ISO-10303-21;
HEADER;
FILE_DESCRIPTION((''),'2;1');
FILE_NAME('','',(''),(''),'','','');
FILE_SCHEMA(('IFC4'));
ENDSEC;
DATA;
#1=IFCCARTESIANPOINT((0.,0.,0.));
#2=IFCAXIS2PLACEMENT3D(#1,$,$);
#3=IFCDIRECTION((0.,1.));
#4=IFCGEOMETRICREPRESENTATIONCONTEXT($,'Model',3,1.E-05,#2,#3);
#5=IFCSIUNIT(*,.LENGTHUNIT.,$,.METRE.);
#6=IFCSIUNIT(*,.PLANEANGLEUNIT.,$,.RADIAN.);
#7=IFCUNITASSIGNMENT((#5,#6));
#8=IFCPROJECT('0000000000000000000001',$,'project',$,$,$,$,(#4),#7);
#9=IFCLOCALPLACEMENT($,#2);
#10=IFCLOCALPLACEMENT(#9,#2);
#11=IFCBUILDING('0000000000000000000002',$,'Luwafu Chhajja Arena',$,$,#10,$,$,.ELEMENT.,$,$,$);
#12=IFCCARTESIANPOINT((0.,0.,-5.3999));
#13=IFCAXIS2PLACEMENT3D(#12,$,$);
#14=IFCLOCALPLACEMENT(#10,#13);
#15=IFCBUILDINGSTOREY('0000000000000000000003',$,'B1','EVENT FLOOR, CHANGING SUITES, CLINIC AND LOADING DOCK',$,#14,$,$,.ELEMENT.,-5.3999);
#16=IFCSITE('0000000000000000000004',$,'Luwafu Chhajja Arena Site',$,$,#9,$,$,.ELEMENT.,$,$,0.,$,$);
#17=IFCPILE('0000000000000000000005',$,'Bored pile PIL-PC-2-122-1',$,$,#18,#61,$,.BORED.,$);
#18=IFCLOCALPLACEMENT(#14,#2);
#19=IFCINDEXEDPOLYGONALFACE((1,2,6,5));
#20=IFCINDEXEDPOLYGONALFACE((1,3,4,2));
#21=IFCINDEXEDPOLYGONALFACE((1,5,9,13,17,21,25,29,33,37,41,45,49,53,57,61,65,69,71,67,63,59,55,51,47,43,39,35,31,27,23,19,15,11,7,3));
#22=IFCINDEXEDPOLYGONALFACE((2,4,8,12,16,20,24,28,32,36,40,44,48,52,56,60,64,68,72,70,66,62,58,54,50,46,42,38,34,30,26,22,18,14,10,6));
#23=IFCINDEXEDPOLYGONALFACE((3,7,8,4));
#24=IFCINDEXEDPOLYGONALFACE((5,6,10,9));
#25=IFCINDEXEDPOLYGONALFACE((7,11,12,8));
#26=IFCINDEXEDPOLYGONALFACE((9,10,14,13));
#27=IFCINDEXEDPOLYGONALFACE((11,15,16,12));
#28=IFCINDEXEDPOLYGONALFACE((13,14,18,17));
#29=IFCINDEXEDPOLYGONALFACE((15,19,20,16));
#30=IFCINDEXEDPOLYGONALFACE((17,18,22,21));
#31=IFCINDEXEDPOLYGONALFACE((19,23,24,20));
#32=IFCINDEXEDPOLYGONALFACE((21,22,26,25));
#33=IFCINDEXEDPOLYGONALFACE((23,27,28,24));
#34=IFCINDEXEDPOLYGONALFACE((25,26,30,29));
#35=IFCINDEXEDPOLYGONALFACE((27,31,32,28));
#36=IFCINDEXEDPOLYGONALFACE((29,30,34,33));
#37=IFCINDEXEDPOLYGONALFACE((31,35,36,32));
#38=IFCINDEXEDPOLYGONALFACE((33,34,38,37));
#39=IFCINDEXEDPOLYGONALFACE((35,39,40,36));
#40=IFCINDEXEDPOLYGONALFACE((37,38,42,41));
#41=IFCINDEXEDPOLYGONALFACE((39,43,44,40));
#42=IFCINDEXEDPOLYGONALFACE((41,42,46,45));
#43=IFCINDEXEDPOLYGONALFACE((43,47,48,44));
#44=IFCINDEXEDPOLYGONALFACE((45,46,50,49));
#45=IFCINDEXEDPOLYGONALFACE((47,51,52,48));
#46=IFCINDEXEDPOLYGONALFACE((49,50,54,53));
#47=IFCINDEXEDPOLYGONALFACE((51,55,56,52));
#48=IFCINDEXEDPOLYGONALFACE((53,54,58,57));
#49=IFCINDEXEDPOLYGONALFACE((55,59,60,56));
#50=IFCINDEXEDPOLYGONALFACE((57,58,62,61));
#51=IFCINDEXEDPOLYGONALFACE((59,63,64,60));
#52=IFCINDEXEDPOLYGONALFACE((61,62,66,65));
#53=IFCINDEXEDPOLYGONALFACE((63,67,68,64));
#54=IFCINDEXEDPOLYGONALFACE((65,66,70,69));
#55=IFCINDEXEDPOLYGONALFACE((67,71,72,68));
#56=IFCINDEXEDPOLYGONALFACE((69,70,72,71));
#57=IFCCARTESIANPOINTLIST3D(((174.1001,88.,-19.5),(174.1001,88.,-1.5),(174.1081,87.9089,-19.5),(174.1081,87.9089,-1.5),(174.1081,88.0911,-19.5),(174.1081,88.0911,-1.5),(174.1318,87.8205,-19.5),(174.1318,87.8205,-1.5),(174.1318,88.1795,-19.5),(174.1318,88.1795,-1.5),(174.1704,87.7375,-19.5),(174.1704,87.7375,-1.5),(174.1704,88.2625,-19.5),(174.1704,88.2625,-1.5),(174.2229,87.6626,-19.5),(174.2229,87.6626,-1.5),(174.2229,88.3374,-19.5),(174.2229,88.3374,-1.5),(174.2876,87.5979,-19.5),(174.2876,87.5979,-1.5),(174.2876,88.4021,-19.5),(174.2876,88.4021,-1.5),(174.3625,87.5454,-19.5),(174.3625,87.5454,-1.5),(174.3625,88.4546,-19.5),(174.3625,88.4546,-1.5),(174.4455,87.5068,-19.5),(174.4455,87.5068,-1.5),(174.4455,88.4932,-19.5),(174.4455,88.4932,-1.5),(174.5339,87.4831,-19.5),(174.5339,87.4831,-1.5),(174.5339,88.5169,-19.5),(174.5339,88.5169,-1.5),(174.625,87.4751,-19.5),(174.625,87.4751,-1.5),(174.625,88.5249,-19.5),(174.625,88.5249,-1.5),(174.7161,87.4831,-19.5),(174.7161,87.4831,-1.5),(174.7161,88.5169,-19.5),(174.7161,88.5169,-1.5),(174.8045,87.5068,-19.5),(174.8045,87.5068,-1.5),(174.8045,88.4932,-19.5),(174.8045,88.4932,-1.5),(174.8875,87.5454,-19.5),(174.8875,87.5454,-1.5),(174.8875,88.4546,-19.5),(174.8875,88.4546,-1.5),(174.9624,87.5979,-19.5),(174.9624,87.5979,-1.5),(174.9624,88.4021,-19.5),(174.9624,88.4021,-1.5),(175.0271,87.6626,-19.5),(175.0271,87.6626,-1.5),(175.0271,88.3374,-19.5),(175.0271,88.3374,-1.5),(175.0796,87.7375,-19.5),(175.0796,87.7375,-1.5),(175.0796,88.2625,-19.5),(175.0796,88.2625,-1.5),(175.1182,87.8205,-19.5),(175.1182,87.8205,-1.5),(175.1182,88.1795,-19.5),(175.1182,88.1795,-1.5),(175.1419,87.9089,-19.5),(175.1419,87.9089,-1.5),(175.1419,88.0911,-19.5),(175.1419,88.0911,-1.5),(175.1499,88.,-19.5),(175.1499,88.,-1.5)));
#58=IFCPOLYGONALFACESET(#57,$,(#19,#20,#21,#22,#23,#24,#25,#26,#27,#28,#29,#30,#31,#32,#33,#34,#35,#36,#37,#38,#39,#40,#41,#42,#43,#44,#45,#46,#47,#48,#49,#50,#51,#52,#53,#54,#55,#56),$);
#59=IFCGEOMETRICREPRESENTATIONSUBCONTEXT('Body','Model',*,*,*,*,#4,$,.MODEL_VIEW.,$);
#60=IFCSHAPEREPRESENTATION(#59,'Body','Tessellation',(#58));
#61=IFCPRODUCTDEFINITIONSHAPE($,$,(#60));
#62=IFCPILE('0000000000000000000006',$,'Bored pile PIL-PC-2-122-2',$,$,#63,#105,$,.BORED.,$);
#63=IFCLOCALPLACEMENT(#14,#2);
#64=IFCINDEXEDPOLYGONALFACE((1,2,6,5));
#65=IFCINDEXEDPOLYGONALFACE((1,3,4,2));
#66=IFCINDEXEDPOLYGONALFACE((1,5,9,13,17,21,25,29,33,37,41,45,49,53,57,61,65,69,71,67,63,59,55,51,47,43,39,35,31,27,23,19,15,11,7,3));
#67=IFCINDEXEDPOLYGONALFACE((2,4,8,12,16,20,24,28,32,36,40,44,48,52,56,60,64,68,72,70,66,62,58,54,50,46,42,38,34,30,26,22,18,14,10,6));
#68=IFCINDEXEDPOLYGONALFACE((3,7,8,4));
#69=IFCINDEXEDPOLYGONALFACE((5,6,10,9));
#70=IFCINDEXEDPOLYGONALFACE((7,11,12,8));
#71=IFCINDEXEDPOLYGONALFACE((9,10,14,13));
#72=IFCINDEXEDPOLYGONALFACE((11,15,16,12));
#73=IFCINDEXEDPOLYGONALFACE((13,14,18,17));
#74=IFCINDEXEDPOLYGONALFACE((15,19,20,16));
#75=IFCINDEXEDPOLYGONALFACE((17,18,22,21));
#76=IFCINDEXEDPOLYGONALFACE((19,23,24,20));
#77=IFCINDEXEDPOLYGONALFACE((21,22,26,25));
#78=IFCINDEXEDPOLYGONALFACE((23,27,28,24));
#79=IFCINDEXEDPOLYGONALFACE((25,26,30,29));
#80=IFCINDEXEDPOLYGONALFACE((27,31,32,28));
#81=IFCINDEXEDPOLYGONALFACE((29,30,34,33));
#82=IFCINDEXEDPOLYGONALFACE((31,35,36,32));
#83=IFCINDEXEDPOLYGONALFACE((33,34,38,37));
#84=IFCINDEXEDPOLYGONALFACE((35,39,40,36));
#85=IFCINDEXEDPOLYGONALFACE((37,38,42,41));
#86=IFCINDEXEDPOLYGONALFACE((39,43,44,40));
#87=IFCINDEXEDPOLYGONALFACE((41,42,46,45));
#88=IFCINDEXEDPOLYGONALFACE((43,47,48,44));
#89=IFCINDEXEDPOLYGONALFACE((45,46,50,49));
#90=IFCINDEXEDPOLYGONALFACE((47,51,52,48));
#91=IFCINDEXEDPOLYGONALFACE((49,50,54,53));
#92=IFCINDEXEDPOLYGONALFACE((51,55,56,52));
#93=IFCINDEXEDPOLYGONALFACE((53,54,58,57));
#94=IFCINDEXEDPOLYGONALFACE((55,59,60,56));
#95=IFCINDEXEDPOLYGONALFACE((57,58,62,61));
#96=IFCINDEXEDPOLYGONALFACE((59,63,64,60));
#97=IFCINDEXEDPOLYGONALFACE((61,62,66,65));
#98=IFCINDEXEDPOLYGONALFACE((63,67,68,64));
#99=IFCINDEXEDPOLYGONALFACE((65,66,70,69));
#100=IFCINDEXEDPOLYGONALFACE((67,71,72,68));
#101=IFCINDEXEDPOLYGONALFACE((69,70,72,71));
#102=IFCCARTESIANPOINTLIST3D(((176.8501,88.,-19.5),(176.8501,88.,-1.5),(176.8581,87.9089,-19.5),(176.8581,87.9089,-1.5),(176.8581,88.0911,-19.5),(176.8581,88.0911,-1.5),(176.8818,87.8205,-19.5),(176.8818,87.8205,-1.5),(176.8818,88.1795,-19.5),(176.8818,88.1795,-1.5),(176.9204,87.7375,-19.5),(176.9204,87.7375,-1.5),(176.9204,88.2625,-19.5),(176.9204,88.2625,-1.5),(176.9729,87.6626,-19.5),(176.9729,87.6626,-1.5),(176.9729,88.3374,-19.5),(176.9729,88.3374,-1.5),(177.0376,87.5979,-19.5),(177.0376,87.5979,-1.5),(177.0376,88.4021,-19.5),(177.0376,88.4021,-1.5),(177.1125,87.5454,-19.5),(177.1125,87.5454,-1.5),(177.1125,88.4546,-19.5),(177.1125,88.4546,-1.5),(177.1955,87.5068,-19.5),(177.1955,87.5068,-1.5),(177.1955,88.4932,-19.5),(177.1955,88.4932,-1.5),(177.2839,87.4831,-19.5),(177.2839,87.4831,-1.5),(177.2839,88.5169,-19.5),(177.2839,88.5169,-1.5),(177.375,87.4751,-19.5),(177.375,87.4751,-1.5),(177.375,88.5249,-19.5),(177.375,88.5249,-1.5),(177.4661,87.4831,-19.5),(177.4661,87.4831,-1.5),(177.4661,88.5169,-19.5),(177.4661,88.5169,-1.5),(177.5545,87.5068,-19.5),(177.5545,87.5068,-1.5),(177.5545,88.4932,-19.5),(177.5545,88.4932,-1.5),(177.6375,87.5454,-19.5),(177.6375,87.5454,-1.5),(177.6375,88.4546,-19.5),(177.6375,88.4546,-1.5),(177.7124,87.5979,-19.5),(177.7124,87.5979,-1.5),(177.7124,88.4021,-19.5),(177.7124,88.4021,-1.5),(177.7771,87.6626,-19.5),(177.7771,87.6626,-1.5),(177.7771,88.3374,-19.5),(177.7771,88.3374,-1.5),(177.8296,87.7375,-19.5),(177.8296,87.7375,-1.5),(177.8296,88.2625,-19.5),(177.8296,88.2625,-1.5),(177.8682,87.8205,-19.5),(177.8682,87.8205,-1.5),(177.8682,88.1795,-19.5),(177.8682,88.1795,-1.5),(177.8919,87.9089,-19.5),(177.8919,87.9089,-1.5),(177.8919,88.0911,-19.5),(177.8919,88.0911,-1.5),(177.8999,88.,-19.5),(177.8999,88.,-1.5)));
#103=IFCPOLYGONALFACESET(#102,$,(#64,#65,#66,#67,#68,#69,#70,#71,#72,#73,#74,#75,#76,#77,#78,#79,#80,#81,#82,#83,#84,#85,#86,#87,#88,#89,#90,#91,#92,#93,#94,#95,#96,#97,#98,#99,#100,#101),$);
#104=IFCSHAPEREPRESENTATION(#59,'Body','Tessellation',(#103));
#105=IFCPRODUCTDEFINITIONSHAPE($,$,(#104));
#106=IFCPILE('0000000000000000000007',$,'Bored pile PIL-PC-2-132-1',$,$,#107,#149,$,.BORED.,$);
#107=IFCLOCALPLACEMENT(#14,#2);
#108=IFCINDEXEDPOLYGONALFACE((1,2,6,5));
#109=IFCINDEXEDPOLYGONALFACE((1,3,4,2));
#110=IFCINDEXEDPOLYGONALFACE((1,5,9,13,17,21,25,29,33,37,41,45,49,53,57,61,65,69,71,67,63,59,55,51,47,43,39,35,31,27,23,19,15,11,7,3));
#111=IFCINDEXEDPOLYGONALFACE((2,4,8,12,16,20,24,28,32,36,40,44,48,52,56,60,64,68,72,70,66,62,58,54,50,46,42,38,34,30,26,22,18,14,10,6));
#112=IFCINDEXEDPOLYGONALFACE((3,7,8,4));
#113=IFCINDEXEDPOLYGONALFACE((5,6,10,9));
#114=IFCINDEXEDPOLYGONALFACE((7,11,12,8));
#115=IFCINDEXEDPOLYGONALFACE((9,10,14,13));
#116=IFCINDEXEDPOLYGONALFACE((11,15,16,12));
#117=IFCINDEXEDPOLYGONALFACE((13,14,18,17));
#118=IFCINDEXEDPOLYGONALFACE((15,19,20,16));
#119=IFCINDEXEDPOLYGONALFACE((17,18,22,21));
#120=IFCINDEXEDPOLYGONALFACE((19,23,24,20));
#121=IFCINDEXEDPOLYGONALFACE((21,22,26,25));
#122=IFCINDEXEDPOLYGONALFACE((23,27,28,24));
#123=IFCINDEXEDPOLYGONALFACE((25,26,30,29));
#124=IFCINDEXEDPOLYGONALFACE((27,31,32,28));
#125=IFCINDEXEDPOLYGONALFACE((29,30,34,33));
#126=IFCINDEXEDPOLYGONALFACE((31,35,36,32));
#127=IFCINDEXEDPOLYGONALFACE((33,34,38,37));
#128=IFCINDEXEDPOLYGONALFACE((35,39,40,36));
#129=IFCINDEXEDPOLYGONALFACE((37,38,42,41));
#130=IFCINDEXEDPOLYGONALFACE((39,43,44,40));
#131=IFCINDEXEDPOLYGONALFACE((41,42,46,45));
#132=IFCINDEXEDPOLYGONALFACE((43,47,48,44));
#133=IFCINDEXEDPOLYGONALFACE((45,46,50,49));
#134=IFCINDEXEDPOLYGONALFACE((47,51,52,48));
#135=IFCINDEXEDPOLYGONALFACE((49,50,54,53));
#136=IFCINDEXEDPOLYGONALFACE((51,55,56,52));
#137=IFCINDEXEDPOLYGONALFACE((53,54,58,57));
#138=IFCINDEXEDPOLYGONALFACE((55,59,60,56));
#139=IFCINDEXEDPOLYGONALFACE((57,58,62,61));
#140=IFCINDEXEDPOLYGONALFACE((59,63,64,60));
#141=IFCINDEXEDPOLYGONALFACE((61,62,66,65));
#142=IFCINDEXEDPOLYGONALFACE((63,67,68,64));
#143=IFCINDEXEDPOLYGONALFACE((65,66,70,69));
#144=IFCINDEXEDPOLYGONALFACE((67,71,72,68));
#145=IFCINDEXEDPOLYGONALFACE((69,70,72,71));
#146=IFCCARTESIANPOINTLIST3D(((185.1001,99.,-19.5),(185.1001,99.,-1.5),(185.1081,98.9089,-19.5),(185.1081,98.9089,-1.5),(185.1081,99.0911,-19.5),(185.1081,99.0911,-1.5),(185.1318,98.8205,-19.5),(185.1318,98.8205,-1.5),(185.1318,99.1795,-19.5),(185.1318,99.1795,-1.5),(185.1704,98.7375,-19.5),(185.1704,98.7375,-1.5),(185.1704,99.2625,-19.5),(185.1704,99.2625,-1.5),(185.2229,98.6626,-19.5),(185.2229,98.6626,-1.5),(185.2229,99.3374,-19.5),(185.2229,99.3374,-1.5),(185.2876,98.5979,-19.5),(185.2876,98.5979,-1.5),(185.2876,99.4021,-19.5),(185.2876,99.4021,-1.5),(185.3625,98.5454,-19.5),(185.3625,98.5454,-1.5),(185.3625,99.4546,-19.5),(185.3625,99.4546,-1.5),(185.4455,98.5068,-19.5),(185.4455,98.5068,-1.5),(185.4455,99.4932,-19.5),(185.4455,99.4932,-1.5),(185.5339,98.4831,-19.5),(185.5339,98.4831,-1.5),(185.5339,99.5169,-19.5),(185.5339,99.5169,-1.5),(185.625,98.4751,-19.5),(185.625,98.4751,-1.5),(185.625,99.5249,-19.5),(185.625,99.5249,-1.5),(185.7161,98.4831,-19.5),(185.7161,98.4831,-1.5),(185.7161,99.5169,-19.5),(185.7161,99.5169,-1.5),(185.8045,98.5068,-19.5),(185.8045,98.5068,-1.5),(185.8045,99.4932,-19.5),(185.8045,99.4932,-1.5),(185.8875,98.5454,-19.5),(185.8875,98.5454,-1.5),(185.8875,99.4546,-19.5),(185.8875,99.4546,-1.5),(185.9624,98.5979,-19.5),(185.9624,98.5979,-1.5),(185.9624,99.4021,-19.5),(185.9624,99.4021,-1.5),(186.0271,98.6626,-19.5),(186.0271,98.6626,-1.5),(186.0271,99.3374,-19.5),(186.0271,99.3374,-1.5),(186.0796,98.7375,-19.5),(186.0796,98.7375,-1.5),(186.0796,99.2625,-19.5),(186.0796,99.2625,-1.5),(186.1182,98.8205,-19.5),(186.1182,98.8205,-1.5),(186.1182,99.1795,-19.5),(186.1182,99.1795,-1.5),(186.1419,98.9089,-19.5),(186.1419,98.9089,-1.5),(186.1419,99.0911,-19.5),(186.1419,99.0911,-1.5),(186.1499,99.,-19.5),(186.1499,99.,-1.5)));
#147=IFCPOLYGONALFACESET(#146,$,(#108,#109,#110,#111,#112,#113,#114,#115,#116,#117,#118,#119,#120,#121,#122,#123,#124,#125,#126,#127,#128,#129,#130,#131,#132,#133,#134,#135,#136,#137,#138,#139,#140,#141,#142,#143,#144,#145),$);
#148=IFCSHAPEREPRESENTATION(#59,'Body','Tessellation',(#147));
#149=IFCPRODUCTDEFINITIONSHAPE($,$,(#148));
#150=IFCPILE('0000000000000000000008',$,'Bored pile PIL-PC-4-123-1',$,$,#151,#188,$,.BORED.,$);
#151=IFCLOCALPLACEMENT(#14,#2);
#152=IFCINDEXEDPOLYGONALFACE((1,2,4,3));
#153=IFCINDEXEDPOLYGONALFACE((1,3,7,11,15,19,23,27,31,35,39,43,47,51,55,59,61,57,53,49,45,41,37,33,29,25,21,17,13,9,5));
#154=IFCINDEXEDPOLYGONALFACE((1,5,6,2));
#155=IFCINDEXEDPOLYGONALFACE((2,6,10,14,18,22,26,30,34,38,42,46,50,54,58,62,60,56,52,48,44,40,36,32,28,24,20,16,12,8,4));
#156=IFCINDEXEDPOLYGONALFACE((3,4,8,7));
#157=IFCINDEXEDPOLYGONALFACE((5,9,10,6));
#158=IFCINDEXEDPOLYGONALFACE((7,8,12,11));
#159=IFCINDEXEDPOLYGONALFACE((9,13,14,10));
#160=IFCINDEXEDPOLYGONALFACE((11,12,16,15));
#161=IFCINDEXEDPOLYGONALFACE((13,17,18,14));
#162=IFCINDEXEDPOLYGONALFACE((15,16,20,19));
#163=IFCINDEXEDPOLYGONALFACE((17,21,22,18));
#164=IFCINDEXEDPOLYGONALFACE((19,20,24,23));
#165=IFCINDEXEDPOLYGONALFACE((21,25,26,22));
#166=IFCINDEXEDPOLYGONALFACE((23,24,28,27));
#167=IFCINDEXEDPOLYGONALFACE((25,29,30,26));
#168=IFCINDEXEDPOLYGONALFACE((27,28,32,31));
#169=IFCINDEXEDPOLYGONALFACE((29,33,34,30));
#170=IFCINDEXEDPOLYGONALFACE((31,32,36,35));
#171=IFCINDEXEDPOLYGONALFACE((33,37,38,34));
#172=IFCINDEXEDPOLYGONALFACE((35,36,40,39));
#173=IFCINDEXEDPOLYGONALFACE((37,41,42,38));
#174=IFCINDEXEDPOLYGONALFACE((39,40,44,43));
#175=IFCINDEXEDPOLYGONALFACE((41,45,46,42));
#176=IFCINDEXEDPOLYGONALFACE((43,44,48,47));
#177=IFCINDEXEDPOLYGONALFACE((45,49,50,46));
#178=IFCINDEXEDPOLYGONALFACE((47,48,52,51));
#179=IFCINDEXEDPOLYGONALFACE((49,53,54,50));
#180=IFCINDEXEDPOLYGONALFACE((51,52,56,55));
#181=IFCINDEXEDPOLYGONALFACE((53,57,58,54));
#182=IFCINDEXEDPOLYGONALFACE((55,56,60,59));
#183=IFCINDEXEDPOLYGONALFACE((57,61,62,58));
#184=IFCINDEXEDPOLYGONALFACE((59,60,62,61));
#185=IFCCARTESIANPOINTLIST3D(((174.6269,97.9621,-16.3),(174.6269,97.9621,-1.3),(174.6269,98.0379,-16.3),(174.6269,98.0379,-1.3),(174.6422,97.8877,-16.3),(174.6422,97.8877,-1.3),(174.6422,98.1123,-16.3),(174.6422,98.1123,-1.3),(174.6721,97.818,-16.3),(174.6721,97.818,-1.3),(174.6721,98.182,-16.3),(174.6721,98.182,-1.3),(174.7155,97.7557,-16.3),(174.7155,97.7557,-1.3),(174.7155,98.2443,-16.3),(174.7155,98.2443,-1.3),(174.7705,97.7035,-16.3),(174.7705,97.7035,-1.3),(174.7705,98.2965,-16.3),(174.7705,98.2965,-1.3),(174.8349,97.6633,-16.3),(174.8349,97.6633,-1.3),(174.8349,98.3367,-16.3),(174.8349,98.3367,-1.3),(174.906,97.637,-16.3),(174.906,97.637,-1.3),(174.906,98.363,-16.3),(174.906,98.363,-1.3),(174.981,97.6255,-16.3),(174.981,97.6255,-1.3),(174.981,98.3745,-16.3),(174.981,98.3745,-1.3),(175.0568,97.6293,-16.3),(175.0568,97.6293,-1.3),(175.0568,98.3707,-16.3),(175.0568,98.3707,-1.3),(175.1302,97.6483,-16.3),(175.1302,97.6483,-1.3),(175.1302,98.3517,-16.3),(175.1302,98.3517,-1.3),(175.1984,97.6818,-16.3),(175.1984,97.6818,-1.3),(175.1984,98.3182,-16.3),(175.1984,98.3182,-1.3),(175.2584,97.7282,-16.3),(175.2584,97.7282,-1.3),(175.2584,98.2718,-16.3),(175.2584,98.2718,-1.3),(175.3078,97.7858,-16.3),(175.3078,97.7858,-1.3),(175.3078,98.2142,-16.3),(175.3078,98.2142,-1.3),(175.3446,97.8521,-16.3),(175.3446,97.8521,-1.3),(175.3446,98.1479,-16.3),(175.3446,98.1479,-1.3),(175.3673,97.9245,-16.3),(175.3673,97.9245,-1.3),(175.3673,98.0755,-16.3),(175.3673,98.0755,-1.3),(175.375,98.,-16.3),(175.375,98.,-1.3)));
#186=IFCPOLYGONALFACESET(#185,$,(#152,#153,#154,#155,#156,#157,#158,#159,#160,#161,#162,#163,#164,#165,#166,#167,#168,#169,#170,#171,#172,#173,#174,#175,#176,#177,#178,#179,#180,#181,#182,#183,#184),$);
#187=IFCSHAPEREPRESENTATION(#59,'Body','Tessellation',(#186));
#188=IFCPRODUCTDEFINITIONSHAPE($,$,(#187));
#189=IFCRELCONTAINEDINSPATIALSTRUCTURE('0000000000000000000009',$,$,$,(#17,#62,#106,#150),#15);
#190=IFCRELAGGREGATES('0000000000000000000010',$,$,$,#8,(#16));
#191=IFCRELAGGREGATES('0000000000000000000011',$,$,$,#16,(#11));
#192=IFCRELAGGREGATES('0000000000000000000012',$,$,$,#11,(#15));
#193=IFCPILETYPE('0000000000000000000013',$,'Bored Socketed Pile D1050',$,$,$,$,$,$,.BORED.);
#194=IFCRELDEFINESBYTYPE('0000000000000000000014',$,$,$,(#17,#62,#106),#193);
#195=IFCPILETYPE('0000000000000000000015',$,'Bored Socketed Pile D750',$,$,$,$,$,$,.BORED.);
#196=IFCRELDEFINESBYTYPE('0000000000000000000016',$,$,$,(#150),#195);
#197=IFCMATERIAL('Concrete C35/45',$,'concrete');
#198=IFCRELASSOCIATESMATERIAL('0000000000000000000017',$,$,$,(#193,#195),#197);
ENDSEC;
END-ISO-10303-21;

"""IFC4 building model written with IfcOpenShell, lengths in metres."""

from ifc_helpers import new_model, si_unit, direction, frame, origin, origin_2d, place, context, subcontext, project, spatial, circle, extrude, material, material_profile, profile_set, type_object, element, save


model = new_model("IFC4")

# Units and contexts
model_context = context("Model", 3, precision=1e-05, world=origin(), true_north=direction((0.0, 1.0)))
body_context = subcontext(model_context, "Body", "Model", "MODEL_VIEW")
ifc_project = project(units=[si_unit("LENGTHUNIT", "METRE"), si_unit("PLANEANGLEUNIT", "RADIAN")], contexts=[model_context])

# Site, building, storey
site_placement = place(None, origin())
site = spatial("IfcSite", under=ifc_project, at=site_placement, Name="Luwafu Chhajja Arena Site", CompositionType="ELEMENT", RefElevation=0.0)
building_placement = place(site_placement, origin())
building = spatial("IfcBuilding", under=site, at=building_placement, Name="Luwafu Chhajja Arena", CompositionType="ELEMENT")
storey_placement = place(building_placement, frame((0.0, 0.0, -5.3999)))
storey = spatial("IfcBuildingStorey", under=building, at=storey_placement, Name="B1", Description="EVENT FLOOR, CHANGING SUITES, CLINIC AND LOADING DOCK", CompositionType="ELEMENT", Elevation=-5.3999)

# Piles
ifc_material_1 = material(Name="Concrete C35/45", Category="concrete")
ifc_material_profile_1 = material_profile(ifc_material_1, circle(Radius=0.5249, at=origin_2d()), Name="PILE D1050")
ifc_profile_set_1 = profile_set([ifc_material_profile_1], Name="Concrete C35/45")
pile_type_1 = type_object("IfcPileType", Name="Bored Socketed Pile D1050", PredefinedType="BORED", material=ifc_profile_set_1)
for number, where, z_axis, x_axis, name in (
    (1, (174.625, 88.0, -1.5), (0.0, 0.0, -1.0), (1.0, 0.0, 0.0), "Bored pile PIL-PC-2-122-1"),
    (2, (177.375, 88.0, -1.5), (0.0, 0.0, -1.0), (1.0, 0.0, 0.0), "Bored pile PIL-PC-2-122-2"),
    (3, (185.625, 99.0, -1.5), (0.0, 0.0, -1.0), (1.0, 0.0, 0.0), "Bored pile PIL-PC-2-132-1"),
):
    element("IfcPile", number, at=place(storey_placement, frame(where, z_axis=z_axis, x_axis=x_axis)), inside=storey, type_object=pile_type_1, Name=name, PredefinedType="BORED", context=body_context, shape_type="SweptSolid", body=[
        extrude(circle(Radius=0.5249, at=origin_2d()), origin(), (0.0, 0.0, 1.0), 18.0),
    ])
ifc_material_profile_2 = material_profile(ifc_material_1, circle(Radius=0.375, at=origin_2d()), Name="PILE D750")
ifc_profile_set_2 = profile_set([ifc_material_profile_2], Name="Concrete C35/45")
pile_type_2 = type_object("IfcPileType", Name="Bored Socketed Pile D750", PredefinedType="BORED", material=ifc_profile_set_2)
for number, where, z_axis, x_axis, name in (
    (4, (175.0, 98.0, -1.3), (0.0, 0.0, -1.0), (1.0, 0.0, 0.0), "Bored pile PIL-PC-4-123-1"),
):
    element("IfcPile", number, at=place(storey_placement, frame(where, z_axis=z_axis, x_axis=x_axis)), inside=storey, type_object=pile_type_2, Name=name, PredefinedType="BORED", context=body_context, shape_type="SweptSolid", body=[
        extrude(circle(Radius=0.375, at=origin_2d()), origin(), (0.0, 0.0, 1.0), 15.0),
    ])

save(model, "model.ifc")
